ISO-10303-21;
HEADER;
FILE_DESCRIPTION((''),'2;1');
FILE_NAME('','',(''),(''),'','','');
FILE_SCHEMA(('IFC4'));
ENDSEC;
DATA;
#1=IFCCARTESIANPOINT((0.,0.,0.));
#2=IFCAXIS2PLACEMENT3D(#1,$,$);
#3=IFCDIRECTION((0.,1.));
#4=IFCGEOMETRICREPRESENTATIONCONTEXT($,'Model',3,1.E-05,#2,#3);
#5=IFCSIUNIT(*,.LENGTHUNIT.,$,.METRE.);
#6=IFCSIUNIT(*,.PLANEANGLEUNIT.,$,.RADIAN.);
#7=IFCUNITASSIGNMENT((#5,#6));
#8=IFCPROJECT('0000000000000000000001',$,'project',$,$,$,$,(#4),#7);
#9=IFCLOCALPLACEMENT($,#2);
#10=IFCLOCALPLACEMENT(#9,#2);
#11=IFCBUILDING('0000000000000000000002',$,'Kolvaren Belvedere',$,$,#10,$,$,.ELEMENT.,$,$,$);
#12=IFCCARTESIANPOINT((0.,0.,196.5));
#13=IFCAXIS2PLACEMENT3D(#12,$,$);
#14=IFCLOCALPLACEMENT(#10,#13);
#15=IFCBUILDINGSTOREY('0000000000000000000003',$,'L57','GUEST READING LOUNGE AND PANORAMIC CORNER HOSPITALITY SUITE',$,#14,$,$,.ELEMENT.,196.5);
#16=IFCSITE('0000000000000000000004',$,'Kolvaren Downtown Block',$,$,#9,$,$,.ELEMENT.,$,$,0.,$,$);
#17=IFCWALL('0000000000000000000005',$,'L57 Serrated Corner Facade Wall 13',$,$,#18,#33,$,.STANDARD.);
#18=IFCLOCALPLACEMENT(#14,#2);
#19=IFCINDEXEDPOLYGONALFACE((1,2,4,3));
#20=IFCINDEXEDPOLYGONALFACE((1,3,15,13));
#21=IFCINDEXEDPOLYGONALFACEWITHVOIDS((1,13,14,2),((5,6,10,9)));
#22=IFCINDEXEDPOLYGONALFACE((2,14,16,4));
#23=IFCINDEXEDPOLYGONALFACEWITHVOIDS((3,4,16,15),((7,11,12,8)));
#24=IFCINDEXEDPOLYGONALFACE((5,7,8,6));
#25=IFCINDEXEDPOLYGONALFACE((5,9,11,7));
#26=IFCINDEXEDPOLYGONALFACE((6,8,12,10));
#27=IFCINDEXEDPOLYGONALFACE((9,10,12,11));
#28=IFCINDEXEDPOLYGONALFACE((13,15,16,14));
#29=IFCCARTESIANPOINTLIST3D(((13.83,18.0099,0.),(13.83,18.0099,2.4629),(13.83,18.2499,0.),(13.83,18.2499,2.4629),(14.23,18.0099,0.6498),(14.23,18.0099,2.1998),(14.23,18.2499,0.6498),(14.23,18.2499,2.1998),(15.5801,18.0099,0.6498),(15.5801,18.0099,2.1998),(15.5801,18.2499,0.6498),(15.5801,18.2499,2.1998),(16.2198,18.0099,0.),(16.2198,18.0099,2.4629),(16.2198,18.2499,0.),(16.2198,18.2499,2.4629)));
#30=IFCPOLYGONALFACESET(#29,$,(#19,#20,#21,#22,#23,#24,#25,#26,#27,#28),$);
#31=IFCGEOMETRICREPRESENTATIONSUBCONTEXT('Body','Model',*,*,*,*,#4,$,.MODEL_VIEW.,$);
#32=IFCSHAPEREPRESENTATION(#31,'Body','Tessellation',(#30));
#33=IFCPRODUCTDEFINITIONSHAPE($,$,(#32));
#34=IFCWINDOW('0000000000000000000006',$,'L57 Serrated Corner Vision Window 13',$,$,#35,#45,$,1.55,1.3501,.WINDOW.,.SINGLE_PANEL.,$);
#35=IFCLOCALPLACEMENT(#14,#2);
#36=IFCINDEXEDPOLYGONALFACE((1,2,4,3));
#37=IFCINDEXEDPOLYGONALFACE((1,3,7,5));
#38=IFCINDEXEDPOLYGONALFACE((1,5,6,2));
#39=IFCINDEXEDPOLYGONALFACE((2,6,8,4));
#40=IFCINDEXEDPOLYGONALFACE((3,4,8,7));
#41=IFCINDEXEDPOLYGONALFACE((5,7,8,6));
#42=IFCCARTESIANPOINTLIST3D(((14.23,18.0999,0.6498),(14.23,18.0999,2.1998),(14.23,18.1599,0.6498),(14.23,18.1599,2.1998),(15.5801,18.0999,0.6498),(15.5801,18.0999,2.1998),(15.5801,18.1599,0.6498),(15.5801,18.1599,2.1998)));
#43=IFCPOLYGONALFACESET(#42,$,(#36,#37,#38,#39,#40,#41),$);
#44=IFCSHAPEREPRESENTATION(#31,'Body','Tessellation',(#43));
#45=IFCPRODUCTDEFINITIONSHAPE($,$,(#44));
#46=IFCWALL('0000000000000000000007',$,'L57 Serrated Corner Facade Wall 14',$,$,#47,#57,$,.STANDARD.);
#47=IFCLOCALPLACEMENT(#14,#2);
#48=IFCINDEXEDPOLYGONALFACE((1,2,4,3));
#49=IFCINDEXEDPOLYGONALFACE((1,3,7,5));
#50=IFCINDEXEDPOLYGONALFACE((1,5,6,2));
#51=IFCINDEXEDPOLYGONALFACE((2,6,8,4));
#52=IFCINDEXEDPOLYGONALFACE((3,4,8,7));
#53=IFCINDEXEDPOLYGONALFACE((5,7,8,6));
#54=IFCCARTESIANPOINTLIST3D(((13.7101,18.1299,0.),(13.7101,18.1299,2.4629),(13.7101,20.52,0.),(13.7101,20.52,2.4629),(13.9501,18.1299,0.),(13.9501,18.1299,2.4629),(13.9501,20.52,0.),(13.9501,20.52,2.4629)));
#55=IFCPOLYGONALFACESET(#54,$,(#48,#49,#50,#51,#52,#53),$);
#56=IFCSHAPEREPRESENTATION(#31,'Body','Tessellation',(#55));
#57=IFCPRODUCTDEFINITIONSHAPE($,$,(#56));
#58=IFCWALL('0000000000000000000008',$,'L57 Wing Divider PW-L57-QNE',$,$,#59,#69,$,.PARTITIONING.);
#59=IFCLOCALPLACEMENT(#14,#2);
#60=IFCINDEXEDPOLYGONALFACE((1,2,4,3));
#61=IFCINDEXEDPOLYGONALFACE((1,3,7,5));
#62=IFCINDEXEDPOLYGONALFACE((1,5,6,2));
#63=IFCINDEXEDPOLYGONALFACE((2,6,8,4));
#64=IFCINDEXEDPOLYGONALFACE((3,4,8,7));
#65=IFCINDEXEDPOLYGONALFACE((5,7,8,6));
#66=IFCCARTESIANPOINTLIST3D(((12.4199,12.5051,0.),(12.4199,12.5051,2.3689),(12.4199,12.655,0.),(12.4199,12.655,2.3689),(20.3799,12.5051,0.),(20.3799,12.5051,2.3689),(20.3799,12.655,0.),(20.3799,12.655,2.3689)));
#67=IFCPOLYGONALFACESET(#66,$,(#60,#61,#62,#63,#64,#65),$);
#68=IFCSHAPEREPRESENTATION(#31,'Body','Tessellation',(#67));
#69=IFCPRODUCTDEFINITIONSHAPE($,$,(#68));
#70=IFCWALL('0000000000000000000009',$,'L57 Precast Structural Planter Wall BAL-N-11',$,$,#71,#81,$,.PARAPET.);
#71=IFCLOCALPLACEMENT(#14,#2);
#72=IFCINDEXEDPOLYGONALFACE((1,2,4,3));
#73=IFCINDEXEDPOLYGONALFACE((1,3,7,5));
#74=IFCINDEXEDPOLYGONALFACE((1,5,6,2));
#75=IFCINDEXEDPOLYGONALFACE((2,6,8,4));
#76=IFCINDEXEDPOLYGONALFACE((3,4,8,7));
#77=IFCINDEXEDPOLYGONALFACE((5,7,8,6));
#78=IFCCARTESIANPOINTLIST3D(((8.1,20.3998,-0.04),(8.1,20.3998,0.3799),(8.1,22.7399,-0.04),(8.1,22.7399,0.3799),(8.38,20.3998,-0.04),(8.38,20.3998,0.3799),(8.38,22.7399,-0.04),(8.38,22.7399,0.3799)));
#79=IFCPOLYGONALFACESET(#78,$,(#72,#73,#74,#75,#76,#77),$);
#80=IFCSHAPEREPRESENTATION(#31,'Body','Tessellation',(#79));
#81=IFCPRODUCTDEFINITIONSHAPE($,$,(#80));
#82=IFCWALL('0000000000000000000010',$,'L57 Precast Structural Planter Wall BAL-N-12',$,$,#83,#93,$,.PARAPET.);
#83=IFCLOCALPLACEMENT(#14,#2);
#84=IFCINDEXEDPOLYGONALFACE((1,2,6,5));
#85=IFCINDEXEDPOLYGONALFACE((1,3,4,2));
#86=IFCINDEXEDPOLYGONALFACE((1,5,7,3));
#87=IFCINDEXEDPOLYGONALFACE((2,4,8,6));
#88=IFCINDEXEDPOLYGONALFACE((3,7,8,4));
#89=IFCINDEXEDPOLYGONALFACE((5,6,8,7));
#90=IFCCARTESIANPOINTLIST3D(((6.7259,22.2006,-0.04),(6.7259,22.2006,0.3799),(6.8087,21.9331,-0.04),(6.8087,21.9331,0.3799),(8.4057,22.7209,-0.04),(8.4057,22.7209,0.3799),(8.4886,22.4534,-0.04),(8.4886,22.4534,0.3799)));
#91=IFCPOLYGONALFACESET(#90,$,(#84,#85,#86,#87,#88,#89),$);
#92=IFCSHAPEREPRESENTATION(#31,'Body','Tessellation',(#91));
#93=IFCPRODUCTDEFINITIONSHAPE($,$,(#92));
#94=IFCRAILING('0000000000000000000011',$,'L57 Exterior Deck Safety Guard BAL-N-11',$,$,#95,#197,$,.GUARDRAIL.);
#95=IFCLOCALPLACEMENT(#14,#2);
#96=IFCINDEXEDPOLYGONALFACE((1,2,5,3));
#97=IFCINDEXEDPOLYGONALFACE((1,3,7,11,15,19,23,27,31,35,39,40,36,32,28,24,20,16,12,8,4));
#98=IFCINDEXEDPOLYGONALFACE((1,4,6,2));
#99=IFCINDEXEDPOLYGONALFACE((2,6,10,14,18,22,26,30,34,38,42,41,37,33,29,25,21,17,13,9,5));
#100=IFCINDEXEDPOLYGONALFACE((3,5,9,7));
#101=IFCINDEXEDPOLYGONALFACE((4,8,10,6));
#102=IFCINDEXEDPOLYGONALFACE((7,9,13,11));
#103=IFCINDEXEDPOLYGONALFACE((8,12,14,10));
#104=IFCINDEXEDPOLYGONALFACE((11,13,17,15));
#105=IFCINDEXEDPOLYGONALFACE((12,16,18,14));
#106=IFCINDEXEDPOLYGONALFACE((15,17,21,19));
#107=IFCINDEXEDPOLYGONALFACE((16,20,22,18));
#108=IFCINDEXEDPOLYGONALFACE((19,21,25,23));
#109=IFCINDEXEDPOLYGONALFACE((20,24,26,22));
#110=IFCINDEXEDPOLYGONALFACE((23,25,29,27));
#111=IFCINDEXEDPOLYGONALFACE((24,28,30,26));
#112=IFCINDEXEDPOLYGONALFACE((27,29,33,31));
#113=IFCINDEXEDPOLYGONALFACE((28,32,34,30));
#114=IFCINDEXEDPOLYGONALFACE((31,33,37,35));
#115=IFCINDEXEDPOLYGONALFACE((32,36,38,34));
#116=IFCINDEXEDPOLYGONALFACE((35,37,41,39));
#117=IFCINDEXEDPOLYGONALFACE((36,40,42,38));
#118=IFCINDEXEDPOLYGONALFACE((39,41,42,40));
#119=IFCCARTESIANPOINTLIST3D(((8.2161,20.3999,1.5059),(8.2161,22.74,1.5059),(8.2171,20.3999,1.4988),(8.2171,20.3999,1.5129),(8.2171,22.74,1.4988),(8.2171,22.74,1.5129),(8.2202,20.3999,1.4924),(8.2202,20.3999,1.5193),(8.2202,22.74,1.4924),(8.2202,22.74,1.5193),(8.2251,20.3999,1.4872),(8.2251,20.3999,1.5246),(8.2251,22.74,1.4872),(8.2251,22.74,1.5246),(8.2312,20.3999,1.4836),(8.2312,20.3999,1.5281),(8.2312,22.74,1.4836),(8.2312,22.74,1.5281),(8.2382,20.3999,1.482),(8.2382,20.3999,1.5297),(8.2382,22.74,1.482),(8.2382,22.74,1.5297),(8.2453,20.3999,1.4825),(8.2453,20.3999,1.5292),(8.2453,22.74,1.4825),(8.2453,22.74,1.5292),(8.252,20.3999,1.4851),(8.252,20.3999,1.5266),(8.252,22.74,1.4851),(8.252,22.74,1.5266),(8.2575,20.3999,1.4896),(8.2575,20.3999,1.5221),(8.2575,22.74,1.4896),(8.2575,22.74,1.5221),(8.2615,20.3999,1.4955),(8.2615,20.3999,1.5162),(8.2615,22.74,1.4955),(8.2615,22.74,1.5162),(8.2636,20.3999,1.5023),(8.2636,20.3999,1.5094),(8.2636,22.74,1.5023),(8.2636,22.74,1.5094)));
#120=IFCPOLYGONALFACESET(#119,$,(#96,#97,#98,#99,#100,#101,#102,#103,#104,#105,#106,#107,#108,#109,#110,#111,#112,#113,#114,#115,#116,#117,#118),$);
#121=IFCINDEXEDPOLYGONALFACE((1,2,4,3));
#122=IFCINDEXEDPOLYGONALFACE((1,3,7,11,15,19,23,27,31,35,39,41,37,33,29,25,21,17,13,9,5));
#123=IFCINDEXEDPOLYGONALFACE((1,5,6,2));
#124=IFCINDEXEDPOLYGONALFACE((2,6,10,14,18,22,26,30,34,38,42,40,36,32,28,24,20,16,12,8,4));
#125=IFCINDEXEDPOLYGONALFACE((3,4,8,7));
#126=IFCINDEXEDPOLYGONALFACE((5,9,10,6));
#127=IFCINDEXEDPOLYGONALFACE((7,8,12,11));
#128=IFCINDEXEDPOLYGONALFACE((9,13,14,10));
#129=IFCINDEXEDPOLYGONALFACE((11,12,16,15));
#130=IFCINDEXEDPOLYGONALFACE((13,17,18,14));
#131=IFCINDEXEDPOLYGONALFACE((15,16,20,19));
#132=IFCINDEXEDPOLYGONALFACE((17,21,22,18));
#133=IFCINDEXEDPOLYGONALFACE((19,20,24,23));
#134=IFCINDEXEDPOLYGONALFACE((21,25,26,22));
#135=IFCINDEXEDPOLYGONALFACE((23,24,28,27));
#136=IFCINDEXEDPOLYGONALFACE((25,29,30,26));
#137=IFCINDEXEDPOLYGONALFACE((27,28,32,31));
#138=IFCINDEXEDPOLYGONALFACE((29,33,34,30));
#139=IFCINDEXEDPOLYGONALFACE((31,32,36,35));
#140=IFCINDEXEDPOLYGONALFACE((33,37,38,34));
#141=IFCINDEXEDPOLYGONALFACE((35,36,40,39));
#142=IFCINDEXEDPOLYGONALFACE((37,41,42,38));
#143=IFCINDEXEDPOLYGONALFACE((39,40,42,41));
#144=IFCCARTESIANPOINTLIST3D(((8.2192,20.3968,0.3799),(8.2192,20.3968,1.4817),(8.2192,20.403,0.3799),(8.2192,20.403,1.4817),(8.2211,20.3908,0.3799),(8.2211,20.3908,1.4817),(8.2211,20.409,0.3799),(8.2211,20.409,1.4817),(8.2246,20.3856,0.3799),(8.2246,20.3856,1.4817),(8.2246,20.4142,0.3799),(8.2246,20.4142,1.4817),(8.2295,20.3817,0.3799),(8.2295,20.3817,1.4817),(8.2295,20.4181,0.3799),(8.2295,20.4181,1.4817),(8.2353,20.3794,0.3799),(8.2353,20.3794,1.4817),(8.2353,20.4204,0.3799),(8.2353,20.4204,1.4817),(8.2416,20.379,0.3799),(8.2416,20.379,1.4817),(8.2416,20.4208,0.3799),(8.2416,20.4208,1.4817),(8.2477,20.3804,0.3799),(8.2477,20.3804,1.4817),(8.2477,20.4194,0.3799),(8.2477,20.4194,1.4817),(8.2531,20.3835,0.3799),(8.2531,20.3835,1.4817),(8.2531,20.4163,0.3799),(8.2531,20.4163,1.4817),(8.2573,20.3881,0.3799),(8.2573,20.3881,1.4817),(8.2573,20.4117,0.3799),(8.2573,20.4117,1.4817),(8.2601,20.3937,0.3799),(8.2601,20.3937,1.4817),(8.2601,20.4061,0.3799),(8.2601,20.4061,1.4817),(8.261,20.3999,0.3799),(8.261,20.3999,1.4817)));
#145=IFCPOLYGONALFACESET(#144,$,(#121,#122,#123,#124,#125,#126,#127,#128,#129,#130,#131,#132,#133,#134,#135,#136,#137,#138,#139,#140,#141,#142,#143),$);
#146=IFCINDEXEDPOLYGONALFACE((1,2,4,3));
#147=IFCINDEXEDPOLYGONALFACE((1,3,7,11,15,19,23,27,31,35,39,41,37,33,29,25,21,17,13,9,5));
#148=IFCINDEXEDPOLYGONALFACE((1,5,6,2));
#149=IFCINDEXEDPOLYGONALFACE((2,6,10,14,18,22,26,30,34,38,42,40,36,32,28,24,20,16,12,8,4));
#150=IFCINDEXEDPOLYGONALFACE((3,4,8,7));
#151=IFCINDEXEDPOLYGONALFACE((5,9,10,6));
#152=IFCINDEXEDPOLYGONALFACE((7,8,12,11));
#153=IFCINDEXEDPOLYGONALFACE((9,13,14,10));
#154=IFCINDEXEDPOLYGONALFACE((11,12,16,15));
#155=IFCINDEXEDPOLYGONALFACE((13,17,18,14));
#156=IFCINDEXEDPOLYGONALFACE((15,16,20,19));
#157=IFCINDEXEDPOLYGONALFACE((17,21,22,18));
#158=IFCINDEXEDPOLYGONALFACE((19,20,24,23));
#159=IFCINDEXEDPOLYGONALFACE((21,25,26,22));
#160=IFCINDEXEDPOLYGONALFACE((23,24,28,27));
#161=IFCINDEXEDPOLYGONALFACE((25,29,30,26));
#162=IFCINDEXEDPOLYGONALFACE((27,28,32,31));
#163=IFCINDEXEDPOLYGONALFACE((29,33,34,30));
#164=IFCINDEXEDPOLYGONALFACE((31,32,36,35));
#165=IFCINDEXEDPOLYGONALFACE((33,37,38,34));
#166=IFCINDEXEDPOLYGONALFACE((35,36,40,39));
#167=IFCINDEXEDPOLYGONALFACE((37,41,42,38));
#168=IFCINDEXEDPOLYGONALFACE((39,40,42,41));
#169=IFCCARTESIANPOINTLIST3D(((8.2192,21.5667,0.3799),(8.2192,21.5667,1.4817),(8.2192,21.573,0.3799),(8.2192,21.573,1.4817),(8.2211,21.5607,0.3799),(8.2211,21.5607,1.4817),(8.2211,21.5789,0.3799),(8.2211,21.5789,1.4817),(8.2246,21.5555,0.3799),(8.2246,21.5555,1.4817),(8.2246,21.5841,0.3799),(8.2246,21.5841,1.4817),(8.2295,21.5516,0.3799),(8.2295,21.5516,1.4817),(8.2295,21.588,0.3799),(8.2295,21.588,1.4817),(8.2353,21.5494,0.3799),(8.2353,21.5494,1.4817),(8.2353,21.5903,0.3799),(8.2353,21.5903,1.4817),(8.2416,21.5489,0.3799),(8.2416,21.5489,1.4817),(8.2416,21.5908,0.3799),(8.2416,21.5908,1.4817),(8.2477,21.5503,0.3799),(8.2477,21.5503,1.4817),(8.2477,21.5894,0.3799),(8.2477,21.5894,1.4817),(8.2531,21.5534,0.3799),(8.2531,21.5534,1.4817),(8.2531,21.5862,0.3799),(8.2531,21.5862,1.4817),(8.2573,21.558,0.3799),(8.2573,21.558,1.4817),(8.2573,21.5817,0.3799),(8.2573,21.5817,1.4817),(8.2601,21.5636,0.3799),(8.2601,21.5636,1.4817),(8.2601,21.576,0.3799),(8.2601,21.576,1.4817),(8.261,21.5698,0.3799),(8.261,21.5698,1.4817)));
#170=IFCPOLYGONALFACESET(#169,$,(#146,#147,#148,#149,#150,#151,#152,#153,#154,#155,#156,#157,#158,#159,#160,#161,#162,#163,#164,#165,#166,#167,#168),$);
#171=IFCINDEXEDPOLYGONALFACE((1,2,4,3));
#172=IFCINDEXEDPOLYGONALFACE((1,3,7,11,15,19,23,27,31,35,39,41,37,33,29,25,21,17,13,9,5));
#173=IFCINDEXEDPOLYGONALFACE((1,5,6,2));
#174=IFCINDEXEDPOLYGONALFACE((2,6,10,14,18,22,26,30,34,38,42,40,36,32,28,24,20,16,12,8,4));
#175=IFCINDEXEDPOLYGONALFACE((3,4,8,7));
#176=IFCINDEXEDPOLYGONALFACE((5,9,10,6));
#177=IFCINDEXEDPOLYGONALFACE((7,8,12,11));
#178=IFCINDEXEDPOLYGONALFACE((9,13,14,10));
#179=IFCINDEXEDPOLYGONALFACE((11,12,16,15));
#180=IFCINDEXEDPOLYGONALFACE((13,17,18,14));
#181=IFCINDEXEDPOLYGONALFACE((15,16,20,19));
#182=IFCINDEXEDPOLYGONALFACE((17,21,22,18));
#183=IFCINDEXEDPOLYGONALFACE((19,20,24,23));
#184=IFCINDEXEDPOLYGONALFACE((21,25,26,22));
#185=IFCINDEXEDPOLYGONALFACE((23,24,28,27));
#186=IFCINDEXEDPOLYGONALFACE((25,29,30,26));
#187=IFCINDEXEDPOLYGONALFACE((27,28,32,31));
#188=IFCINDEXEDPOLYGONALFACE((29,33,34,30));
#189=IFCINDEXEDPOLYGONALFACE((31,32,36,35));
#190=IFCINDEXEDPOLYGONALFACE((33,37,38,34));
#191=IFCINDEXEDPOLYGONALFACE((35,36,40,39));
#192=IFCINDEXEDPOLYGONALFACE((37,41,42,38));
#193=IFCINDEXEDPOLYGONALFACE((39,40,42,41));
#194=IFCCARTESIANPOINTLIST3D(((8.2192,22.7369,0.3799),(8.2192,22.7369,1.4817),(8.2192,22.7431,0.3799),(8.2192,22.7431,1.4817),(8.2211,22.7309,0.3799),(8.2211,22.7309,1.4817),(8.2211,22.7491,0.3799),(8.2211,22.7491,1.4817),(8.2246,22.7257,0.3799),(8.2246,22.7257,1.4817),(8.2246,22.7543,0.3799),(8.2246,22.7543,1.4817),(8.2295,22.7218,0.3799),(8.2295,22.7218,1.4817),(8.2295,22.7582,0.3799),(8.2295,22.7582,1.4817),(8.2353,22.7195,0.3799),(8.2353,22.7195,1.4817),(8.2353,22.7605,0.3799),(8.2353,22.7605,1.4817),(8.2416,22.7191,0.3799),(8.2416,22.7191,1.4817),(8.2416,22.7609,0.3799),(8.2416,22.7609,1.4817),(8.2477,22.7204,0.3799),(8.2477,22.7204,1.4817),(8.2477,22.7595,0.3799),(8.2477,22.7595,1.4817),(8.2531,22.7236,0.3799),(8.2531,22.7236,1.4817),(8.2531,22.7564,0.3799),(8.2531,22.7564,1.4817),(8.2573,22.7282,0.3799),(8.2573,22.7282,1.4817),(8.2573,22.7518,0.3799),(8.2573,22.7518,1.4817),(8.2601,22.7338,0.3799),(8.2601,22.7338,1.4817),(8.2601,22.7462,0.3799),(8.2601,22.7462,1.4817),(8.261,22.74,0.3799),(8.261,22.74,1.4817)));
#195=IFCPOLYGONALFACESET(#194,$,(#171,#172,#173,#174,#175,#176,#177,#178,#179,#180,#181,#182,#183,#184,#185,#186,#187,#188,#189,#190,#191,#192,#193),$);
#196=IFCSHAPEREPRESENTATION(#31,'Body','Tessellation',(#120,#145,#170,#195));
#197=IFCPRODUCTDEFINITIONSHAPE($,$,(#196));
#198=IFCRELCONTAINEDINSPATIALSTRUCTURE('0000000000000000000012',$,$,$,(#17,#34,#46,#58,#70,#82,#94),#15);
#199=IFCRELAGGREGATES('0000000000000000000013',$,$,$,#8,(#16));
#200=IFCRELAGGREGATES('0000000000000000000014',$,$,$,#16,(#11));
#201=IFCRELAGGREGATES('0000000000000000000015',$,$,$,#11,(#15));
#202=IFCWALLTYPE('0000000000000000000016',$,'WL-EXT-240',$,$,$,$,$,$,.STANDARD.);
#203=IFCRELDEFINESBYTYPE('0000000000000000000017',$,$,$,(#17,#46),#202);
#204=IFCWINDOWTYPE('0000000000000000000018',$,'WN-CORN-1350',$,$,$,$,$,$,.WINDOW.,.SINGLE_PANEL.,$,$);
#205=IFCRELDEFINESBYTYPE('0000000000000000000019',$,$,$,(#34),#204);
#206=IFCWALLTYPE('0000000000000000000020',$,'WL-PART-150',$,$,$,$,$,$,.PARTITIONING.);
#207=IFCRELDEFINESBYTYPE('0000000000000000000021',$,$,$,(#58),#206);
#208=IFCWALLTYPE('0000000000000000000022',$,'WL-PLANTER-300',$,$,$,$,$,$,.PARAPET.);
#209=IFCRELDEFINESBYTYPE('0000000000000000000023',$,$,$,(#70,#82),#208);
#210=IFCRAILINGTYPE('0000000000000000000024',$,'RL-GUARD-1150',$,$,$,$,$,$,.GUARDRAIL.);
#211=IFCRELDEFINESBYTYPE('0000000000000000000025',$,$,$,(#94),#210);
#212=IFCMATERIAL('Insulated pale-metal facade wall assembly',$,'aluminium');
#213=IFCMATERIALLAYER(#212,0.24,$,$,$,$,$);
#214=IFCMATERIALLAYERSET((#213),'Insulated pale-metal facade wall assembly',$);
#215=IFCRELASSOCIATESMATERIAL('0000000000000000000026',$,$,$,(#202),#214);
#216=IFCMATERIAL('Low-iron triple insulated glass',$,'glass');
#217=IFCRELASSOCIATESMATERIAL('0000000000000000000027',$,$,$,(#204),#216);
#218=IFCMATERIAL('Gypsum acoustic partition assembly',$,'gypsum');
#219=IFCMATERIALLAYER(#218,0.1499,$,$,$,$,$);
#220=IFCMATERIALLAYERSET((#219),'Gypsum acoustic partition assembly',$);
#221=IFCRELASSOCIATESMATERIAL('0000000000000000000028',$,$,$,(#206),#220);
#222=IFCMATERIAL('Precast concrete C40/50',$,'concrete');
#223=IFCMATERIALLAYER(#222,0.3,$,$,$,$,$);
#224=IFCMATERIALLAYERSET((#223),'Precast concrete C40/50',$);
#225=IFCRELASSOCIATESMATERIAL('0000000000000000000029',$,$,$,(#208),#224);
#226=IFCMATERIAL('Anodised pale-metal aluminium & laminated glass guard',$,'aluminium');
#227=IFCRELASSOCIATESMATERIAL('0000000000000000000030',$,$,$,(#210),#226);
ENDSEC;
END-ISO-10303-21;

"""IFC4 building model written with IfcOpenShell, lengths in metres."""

from ifc_helpers import new_model, si_unit, direction, frame, frame_2d, origin, origin_2d, place, context, subcontext, project, spatial, rectangle, circle, extrude, material, layer, layer_set, type_object, element, fill, save


model = new_model("IFC4")

# Units and contexts
model_context = context("Model", 3, precision=1e-05, world=origin(), true_north=direction((0.0, 1.0)))
body_context = subcontext(model_context, "Body", "Model", "MODEL_VIEW")
ifc_project = project(units=[si_unit("LENGTHUNIT", "METRE"), si_unit("PLANEANGLEUNIT", "RADIAN")], contexts=[model_context])

# Site, building, storey
site_placement = place(None, origin())
site = spatial("IfcSite", under=ifc_project, at=site_placement, Name="Kolvaren Downtown Block", CompositionType="ELEMENT", RefElevation=0.0)
building_placement = place(site_placement, origin())
building = spatial("IfcBuilding", under=site, at=building_placement, Name="Kolvaren Belvedere", CompositionType="ELEMENT")
storey_placement = place(building_placement, frame((0.0, 0.0, 196.5)))
storey = spatial("IfcBuildingStorey", under=building, at=storey_placement, Name="L57", Description="GUEST READING LOUNGE AND PANORAMIC CORNER HOSPITALITY SUITE", CompositionType="ELEMENT", Elevation=196.5)

# Shared definitions
ifc_material_1 = material(Name="Insulated pale-metal facade wall assembly", Category="aluminium")
ifc_layer_1 = layer(ifc_material_1, 0.24)
ifc_layer_set_1 = layer_set([ifc_layer_1], Name="Insulated pale-metal facade wall assembly")
wall_type_1 = type_object("IfcWallType", Name="WL-EXT-240", PredefinedType="STANDARD", material=ifc_layer_set_1)

# Wall, opening, window
ifc_material_2 = material(Name="Low-iron triple insulated glass", Category="glass")
window_type_1 = type_object("IfcWindowType", Name="WN-CORN-1350", PartitioningType="SINGLE_PANEL", PredefinedType="WINDOW", material=ifc_material_2)
wall_1_placement = place(storey_placement, frame((13.8301, 18.1299, 0.0), z_axis=(0.0, 0.0, 1.0), x_axis=(1.0, 0.0, 0.0)))
wall_1 = element("IfcWall", 1, at=wall_1_placement, inside=storey, type_object=wall_type_1, Name="L57 Serrated Corner Facade Wall 13", PredefinedType="STANDARD", context=body_context, shape_type="SweptSolid", body=[
    extrude(rectangle(XDim=2.3899, YDim=0.24, at=frame_2d((1.1948, 0.0))), origin(), (0.0, 0.0, 1.0), 2.4629),
])
opening_1_placement = place(wall_1_placement, frame((0.3999, 0.0, 0.6499)))
opening_1 = element("IfcOpeningElement", 2, at=opening_1_placement, cuts=wall_1, PredefinedType="OPENING", context=body_context, shape_type="SweptSolid", body=[
    extrude(rectangle(XDim=1.3501, YDim=1.55, at=frame_2d((0.675, 0.7749))), frame((0.0, 0.1299, 0.0), z_axis=(0.0, -1.0, 0.0), x_axis=(1.0, 0.0, 0.0)), (0.0, 0.0, 1.0), 0.26),
])
window_1_placement = place(opening_1_placement, origin())
window_1 = element("IfcWindow", 3, at=window_1_placement, inside=storey, type_object=window_type_1, Name="L57 Serrated Corner Vision Window 13", OverallHeight=1.55, OverallWidth=1.3501, PartitioningType="SINGLE_PANEL", PredefinedType="WINDOW", context=body_context, shape_type="SweptSolid", body=[
    extrude(rectangle(XDim=1.3501, YDim=1.55, at=frame_2d((0.675, 0.7749))), frame((0.0, 0.03, 0.0), z_axis=(0.0, -1.0, 0.0), x_axis=(1.0, 0.0, 0.0)), (0.0, 0.0, 1.0), 0.0601),
])
fill(opening_1, window_1)

# Walls
wall_2_placement = place(storey_placement, frame((13.8301, 20.52, 0.0), z_axis=(0.0, 0.0, 1.0), x_axis=(0.0, -1.0, 0.0)))
element("IfcWall", 4, at=wall_2_placement, inside=storey, type_object=wall_type_1, Name="L57 Serrated Corner Facade Wall 14", PredefinedType="STANDARD", context=body_context, shape_type="SweptSolid", body=[
    extrude(rectangle(XDim=2.3901, YDim=0.24, at=frame_2d((1.1951, 0.0))), origin(), (0.0, 0.0, 1.0), 2.4629),
])
ifc_material_3 = material(Name="Gypsum acoustic partition assembly", Category="gypsum")
ifc_layer_2 = layer(ifc_material_3, 0.1499)
ifc_layer_set_2 = layer_set([ifc_layer_2], Name="Gypsum acoustic partition assembly")
wall_type_2 = type_object("IfcWallType", Name="WL-PART-150", PredefinedType="PARTITIONING", material=ifc_layer_set_2)
wall_3_placement = place(storey_placement, frame((12.4199, 12.5801, 0.0), z_axis=(0.0, 0.0, 1.0), x_axis=(1.0, 0.0, 0.0)))
element("IfcWall", 5, at=wall_3_placement, inside=storey, type_object=wall_type_2, Name="L57 Wing Divider PW-L57-QNE", PredefinedType="PARTITIONING", context=body_context, shape_type="SweptSolid", body=[
    extrude(rectangle(XDim=7.96, YDim=0.1499, at=frame_2d((3.98, 0.0))), origin(), (0.0, 0.0, 1.0), 2.3689),
])
ifc_material_4 = material(Name="Precast concrete C40/50", Category="concrete")
ifc_layer_3 = layer(ifc_material_4, 0.3)
ifc_layer_set_3 = layer_set([ifc_layer_3], Name="Precast concrete C40/50")
wall_type_3 = type_object("IfcWallType", Name="WL-PLANTER-300", PredefinedType="PARAPET", material=ifc_layer_set_3)
wall_4_placement = place(storey_placement, frame((8.24, 20.3999, -0.04), z_axis=(0.0, 0.0, 1.0), x_axis=(0.0, 1.0, 0.0)))
element("IfcWall", 6, at=wall_4_placement, inside=storey, type_object=wall_type_3, Name="L57 Precast Structural Planter Wall BAL-N-11", PredefinedType="PARAPET", context=body_context, shape_type="SweptSolid", body=[
    extrude(rectangle(XDim=2.3401, YDim=0.28, at=frame_2d((1.1699, 0.0))), origin(), (0.0, 0.0, 1.0), 0.4199),
])
wall_5_placement = place(storey_placement, frame((8.4473, 22.5872, -0.04), z_axis=(0.0, 0.0, 1.0), x_axis=(-0.95524, -0.295832, 0.0)))
element("IfcWall", 7, at=wall_5_placement, inside=storey, type_object=wall_type_3, Name="L57 Precast Structural Planter Wall BAL-N-12", PredefinedType="PARAPET", context=body_context, shape_type="SweptSolid", body=[
    extrude(rectangle(XDim=1.7585, YDim=0.28, at=frame_2d((0.8794, 0.0))), origin(), (0.0, 0.0, 1.0), 0.4199),
])

# Railing
ifc_material_5 = material(Name="Anodised pale-metal aluminium & laminated glass guard", Category="aluminium")
railing_type = type_object("IfcRailingType", Name="RL-GUARD-1150", PredefinedType="GUARDRAIL", material=ifc_material_5)
railing_1_placement = place(storey_placement, frame((8.24, 20.3999, 0.3799)))
element("IfcRailing", 8, at=railing_1_placement, inside=storey, type_object=railing_type, Name="L57 Exterior Deck Safety Guard BAL-N-11", PredefinedType="GUARDRAIL", context=body_context, shape_type="SweptSolid", body=[
    extrude(circle(Radius=0.0239, at=origin_2d()), frame((0.0, 0.0, 1.126), z_axis=(0.0, 1.0, 0.0), x_axis=(-1.0, 0.0, 0.0)), (0.0, 0.0, 1.0), 2.3401),
    extrude(circle(Radius=0.021, at=origin_2d()), origin(), (0.0, 0.0, 1.0), 1.1018),
    extrude(circle(Radius=0.021, at=origin_2d()), frame((0.0, 1.1699, 0.0)), (0.0, 0.0, 1.0), 1.1018),
    extrude(circle(Radius=0.021, at=origin_2d()), frame((0.0, 2.3401, 0.0)), (0.0, 0.0, 1.0), 1.1018),
])

save(model, "model.ifc")
